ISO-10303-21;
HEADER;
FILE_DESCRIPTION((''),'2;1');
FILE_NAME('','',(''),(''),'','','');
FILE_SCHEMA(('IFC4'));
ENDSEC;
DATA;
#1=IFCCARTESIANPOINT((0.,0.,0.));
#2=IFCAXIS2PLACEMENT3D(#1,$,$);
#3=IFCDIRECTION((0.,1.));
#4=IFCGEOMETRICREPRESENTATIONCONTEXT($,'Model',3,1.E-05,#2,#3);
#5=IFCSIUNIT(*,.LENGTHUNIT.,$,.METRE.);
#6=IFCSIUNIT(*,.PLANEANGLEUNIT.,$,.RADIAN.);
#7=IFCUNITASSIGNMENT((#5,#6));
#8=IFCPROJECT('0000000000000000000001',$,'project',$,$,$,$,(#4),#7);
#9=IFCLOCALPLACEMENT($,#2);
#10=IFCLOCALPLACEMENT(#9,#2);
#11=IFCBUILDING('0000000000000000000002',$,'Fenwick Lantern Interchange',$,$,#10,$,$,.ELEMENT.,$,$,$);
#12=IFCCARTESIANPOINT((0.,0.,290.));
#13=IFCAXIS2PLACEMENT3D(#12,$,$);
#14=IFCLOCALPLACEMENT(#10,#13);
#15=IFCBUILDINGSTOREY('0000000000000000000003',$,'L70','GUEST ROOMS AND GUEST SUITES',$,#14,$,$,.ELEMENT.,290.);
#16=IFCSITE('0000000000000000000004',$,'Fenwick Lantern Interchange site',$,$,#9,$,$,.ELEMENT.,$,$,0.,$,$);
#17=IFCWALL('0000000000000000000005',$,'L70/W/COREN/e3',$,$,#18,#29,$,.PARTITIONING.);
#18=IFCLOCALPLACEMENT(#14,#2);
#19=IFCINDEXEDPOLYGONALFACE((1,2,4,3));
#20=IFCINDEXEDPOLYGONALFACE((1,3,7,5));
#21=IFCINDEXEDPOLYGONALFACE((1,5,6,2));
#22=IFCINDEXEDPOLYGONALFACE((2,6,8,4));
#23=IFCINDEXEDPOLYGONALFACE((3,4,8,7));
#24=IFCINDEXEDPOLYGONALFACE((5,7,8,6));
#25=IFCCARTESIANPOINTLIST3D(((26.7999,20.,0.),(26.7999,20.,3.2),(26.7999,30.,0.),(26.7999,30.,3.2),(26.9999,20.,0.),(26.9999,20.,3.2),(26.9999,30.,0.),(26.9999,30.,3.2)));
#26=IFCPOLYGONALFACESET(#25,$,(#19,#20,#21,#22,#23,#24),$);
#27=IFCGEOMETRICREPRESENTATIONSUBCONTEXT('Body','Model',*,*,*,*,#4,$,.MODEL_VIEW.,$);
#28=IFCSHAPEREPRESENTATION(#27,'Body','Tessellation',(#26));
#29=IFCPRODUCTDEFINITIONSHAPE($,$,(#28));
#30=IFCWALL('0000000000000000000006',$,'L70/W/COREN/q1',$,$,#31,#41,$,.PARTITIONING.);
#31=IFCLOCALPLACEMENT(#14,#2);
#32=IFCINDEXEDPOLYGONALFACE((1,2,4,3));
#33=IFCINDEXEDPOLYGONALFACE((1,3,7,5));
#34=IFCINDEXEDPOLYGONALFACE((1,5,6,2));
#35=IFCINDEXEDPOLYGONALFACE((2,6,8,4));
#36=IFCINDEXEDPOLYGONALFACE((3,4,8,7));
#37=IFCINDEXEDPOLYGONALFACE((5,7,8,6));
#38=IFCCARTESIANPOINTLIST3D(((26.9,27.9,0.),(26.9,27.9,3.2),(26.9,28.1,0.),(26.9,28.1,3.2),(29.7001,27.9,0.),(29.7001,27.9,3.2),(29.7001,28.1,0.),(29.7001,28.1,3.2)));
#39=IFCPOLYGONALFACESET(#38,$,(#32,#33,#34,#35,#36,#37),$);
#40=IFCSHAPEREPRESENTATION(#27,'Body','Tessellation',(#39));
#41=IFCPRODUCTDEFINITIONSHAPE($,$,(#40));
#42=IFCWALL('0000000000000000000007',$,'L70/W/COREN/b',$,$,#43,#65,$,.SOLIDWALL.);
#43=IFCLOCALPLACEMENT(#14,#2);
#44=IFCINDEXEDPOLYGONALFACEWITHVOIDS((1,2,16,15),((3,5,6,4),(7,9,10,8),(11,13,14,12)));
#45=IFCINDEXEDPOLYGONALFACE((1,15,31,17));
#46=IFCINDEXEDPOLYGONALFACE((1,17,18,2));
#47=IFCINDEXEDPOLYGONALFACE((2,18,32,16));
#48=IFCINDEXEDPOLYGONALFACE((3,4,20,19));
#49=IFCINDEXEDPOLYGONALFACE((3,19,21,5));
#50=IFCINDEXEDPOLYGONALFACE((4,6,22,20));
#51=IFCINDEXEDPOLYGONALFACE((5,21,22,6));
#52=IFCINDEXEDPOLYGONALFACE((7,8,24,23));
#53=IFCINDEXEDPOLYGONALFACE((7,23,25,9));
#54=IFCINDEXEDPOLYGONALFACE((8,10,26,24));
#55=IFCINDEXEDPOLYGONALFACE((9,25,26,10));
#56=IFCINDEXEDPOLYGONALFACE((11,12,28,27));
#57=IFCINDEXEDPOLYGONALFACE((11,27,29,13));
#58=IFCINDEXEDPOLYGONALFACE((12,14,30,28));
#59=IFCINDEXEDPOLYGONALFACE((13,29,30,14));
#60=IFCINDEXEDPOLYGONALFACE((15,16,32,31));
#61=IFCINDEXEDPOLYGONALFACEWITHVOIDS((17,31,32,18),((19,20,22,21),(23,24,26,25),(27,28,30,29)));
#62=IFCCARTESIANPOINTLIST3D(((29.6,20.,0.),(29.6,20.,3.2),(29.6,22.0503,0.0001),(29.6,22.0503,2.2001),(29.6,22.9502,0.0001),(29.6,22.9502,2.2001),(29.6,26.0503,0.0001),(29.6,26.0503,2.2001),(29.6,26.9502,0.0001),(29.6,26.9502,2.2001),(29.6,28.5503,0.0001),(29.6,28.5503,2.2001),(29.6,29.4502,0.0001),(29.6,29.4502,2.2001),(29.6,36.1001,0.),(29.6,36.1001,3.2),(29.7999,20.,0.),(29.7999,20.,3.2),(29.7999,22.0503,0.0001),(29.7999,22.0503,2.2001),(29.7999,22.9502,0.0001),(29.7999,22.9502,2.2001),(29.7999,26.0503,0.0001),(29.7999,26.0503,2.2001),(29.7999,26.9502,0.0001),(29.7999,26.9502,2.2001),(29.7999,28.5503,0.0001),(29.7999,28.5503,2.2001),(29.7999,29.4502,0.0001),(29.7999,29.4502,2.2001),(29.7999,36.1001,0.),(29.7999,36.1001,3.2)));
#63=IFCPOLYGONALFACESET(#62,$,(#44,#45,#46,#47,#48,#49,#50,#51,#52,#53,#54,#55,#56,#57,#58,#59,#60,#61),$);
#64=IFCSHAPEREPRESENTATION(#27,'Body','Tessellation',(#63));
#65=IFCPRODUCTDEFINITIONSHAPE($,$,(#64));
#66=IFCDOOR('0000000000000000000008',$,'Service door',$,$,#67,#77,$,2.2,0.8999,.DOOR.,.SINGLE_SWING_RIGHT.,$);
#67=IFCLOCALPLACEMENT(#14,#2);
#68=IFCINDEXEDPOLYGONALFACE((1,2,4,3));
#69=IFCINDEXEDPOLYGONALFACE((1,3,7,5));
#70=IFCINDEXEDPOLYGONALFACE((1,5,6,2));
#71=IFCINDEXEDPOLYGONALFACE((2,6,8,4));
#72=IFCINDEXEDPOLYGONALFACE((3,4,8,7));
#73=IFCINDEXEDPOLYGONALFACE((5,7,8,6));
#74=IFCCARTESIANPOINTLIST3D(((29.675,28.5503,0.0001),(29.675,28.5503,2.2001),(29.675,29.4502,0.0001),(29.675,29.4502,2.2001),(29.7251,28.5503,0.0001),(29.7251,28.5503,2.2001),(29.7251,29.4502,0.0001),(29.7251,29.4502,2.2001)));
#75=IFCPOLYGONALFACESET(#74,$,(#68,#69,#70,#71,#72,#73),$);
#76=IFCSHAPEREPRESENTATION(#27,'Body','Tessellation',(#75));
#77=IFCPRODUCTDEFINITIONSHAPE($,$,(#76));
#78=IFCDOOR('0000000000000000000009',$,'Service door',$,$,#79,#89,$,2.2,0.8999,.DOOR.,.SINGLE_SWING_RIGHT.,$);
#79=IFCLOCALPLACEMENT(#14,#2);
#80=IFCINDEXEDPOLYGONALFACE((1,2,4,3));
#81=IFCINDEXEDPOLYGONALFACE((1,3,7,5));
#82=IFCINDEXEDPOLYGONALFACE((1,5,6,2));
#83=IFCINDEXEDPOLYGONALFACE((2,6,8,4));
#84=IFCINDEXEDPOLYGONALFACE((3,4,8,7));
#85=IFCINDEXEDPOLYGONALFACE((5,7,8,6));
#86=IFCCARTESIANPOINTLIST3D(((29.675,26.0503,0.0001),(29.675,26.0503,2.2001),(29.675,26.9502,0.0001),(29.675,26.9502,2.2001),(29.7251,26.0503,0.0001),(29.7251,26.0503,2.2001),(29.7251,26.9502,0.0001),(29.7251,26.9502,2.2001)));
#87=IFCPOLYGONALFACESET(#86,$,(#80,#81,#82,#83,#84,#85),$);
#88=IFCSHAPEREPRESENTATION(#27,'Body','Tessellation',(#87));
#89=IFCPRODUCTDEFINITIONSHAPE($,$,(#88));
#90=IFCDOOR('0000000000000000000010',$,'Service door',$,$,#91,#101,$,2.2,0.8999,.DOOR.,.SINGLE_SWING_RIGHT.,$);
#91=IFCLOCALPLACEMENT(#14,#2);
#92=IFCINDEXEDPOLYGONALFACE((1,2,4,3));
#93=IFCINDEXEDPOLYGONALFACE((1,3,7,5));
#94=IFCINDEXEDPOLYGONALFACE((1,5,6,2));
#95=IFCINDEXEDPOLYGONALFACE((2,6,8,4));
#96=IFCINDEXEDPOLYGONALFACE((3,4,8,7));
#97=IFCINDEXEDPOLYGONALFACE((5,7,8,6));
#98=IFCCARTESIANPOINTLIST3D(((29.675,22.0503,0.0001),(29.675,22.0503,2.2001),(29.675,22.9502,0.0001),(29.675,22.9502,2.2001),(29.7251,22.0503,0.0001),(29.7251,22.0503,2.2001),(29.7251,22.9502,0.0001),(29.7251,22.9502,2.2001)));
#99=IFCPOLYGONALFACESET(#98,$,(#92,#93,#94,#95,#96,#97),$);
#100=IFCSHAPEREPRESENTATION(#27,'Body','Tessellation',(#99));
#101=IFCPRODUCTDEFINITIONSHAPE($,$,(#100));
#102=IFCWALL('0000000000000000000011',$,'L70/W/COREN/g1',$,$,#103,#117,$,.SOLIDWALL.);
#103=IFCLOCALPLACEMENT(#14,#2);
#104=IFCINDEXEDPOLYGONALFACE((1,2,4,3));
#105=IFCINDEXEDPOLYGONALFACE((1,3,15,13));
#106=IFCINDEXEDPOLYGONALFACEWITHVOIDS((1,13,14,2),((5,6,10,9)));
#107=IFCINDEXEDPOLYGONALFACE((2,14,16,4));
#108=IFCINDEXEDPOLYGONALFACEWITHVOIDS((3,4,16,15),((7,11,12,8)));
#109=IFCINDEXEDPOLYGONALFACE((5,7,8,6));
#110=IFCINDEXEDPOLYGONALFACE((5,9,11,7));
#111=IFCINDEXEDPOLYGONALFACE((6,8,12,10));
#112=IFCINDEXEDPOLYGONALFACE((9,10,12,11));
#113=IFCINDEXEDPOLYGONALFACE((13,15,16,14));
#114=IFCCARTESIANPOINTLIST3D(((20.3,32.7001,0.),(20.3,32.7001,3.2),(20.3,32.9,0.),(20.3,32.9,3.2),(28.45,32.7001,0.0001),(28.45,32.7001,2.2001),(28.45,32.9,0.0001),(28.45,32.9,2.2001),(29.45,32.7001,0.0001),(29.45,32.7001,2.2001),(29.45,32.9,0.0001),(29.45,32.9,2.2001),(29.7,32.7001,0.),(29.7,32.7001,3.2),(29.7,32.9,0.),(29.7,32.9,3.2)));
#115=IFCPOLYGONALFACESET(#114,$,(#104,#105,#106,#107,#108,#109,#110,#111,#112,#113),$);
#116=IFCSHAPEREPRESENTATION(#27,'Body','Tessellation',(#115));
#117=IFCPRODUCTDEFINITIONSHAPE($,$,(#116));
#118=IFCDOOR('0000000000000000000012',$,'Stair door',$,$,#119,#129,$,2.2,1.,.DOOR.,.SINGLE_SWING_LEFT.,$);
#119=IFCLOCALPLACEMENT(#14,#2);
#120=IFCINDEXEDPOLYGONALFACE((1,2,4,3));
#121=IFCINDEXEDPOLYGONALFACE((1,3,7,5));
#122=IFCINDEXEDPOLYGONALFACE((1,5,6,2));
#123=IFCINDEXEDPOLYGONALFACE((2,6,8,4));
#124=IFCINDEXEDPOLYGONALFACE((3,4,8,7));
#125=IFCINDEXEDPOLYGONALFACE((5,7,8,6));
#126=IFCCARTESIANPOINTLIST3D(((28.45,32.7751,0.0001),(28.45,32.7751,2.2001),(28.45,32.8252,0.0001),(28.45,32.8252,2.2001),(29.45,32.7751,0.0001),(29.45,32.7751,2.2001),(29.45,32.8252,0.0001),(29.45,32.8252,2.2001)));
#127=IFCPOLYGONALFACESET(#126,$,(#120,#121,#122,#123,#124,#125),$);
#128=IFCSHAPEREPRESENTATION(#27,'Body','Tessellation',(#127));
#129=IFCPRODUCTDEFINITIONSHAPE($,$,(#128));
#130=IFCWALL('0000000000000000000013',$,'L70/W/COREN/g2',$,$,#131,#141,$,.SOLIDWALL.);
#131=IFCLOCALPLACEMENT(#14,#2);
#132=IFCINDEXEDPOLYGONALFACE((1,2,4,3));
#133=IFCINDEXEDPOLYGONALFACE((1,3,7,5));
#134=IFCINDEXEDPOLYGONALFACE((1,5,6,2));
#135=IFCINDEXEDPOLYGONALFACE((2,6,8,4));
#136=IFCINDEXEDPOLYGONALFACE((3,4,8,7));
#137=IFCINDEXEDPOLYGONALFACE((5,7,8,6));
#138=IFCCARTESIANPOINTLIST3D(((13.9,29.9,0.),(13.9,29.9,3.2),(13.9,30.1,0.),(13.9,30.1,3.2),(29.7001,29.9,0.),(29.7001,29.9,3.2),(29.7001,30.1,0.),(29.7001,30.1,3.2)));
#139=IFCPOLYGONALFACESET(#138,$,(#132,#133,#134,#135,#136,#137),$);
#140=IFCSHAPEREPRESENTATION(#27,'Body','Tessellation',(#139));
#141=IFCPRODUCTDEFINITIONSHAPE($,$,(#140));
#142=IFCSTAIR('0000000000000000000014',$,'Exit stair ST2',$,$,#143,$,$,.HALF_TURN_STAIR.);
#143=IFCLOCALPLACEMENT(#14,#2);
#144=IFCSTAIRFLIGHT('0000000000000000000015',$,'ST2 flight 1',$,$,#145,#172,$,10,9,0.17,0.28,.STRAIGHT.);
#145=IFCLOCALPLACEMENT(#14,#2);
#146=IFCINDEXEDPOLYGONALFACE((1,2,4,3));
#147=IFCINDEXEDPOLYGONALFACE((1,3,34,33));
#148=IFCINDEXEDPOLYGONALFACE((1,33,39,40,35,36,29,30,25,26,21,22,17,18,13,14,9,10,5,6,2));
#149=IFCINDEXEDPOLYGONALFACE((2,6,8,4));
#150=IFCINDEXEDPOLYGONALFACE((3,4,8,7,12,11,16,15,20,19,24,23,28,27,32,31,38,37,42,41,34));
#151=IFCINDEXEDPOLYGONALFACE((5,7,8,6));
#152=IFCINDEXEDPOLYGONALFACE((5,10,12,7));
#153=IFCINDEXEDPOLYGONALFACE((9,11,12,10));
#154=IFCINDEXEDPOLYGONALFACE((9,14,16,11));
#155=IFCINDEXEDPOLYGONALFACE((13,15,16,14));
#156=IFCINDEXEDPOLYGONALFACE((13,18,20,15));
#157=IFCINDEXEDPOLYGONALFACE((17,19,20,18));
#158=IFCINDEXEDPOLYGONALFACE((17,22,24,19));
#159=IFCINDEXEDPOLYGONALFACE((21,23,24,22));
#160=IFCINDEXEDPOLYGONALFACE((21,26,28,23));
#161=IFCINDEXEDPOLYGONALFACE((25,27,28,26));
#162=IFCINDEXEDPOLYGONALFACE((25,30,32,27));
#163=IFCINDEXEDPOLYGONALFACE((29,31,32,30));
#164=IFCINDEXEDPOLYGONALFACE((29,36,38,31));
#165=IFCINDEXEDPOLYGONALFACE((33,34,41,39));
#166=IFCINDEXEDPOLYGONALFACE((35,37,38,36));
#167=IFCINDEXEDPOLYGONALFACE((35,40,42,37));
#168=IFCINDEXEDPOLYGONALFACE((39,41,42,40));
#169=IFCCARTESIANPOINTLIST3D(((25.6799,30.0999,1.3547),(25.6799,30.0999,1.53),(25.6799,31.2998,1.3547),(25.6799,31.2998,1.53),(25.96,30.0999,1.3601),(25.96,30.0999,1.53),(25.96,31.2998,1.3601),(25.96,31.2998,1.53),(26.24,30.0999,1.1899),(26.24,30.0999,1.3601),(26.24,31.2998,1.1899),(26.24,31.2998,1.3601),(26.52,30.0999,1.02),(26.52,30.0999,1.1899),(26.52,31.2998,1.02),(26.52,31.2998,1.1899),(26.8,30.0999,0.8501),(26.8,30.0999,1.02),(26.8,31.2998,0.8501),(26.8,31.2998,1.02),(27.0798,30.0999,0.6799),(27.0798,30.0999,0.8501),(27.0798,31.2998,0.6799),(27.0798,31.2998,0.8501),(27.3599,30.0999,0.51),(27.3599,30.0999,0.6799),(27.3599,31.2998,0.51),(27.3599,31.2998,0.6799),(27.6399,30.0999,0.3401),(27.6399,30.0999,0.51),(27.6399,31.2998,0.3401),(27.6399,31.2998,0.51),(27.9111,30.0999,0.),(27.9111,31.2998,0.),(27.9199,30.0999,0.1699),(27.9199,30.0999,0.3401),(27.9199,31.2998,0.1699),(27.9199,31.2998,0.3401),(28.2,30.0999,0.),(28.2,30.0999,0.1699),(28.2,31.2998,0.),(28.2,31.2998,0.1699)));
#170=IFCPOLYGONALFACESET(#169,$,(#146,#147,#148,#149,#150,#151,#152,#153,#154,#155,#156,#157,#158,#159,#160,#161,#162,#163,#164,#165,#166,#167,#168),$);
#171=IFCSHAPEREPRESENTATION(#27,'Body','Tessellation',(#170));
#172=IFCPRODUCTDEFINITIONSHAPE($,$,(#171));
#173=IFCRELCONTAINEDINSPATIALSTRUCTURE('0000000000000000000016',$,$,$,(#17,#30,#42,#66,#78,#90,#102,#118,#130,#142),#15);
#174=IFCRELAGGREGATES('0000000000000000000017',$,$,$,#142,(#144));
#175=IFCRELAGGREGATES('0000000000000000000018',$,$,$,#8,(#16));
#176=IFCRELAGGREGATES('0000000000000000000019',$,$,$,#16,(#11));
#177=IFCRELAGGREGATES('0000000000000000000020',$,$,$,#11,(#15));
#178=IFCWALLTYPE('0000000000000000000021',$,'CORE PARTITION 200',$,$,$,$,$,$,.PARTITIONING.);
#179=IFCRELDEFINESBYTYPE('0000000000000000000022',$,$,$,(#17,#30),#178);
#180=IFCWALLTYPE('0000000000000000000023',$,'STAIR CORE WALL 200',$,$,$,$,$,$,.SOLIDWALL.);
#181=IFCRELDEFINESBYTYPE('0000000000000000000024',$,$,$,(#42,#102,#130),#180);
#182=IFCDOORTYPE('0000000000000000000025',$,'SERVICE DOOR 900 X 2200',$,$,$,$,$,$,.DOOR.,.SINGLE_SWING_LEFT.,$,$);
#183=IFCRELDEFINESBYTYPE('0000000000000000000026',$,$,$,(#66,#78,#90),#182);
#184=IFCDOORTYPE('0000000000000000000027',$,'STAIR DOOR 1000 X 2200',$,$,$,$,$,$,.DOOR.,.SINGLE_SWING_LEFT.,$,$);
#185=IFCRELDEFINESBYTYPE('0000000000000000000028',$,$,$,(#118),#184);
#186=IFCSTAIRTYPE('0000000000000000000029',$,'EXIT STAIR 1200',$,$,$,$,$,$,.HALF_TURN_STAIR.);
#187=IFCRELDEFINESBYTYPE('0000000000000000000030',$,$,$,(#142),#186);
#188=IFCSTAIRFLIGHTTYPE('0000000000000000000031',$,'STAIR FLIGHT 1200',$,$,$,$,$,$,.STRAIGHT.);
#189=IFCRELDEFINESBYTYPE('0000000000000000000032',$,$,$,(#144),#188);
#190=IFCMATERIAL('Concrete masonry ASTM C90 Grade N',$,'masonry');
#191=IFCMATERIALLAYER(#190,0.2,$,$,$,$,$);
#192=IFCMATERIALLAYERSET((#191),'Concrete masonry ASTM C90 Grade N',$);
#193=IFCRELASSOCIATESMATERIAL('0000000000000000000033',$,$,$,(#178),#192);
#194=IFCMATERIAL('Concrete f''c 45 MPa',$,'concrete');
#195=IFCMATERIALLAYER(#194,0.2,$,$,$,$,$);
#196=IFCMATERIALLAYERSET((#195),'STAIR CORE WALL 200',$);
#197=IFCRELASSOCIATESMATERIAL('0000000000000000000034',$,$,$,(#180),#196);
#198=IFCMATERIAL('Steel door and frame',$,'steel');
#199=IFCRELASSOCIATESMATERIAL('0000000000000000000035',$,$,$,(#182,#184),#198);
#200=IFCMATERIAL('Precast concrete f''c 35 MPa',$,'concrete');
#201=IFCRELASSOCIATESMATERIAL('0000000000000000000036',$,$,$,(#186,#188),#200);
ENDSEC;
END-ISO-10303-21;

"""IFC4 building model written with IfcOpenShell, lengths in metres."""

from ifc_helpers import new_model, si_unit, direction, frame, frame_2d, origin, place, context, subcontext, project, spatial, polyline, rectangle, outline, extrude, material, layer, layer_set, type_object, element, fill, aggregate, save


model = new_model("IFC4")

# Units and contexts
model_context = context("Model", 3, precision=1e-05, world=origin(), true_north=direction((0.0, 1.0)))
body_context = subcontext(model_context, "Body", "Model", "MODEL_VIEW")
ifc_project = project(units=[si_unit("LENGTHUNIT", "METRE"), si_unit("PLANEANGLEUNIT", "RADIAN")], contexts=[model_context])

# Site, building, storey
site_placement = place(None, origin())
site = spatial("IfcSite", under=ifc_project, at=site_placement, Name="Fenwick Lantern Interchange site", CompositionType="ELEMENT", RefElevation=0.0)
building_placement = place(site_placement, origin())
building = spatial("IfcBuilding", under=site, at=building_placement, Name="Fenwick Lantern Interchange", CompositionType="ELEMENT")
storey_placement = place(building_placement, frame((0.0, 0.0, 290.0)))
storey = spatial("IfcBuildingStorey", under=building, at=storey_placement, Name="L70", Description="GUEST ROOMS AND GUEST SUITES", CompositionType="ELEMENT", Elevation=290.0)

# Walls
ifc_material_1 = material(Name="Concrete masonry ASTM C90 Grade N", Category="masonry")
ifc_layer_1 = layer(ifc_material_1, 0.2)
ifc_layer_set_1 = layer_set([ifc_layer_1], Name="Concrete masonry ASTM C90 Grade N")
wall_type_1 = type_object("IfcWallType", Name="CORE PARTITION 200", PredefinedType="PARTITIONING", material=ifc_layer_set_1)
wall_1_placement = place(storey_placement, frame((26.8999, 30.0, 0.0), z_axis=(0.0, 0.0, 1.0), x_axis=(0.0, -1.0, 0.0)))
element("IfcWall", 1, at=wall_1_placement, inside=storey, type_object=wall_type_1, Name="L70/W/COREN/e3", PredefinedType="PARTITIONING", context=body_context, shape_type="SweptSolid", body=[
    extrude(rectangle(XDim=10.0, YDim=0.2, at=frame_2d((5.0, 0.0))), origin(), (0.0, 0.0, 1.0), 3.2),
])
wall_2_placement = place(storey_placement, frame((29.7, 28.0, 0.0), z_axis=(0.0, 0.0, 1.0), x_axis=(-1.0, 0.0, 0.0)))
element("IfcWall", 2, at=wall_2_placement, inside=storey, type_object=wall_type_1, Name="L70/W/COREN/q1", PredefinedType="PARTITIONING", context=body_context, shape_type="SweptSolid", body=[
    extrude(rectangle(XDim=2.8, YDim=0.2, at=frame_2d((1.3999, 0.0))), origin(), (0.0, 0.0, 1.0), 3.2),
])

# Wall, openings, doors
ifc_material_2 = material(Name="Concrete f'c 45 MPa", Category="concrete")
ifc_layer_2 = layer(ifc_material_2, 0.2)
ifc_layer_set_2 = layer_set([ifc_layer_2], Name="STAIR CORE WALL 200")
wall_type_2 = type_object("IfcWallType", Name="STAIR CORE WALL 200", PredefinedType="SOLIDWALL", material=ifc_layer_set_2)
wall_3_placement = place(storey_placement, frame((29.7, 36.1001, 0.0), z_axis=(0.0, 0.0, 1.0), x_axis=(0.0, -1.0, 0.0)))
wall_3 = element("IfcWall", 3, at=wall_3_placement, inside=storey, type_object=wall_type_2, Name="L70/W/COREN/b", PredefinedType="SOLIDWALL", context=body_context, shape_type="SweptSolid", body=[
    extrude(rectangle(XDim=16.1001, YDim=0.2, at=frame_2d((8.05, 0.0))), origin(), (0.0, 0.0, 1.0), 3.2),
])
opening_1_placement = place(wall_3_placement, frame((6.6499, 0.0, 0.0)))
opening_1 = element("IfcOpeningElement", 4, at=opening_1_placement, cuts=wall_3, PredefinedType="OPENING", context=body_context, shape_type="SweptSolid", body=[
    extrude(rectangle(XDim=0.8999, YDim=2.2, at=frame_2d((0.45, 1.1001))), frame((0.0, 0.1099, 0.0), z_axis=(0.0, -1.0, 0.0), x_axis=(1.0, 0.0, 0.0)), (0.0, 0.0, 1.0), 0.22),
])
opening_2_placement = place(wall_3_placement, frame((9.1499, 0.0, 0.0)))
opening_2 = element("IfcOpeningElement", 5, at=opening_2_placement, cuts=wall_3, PredefinedType="OPENING", context=body_context, shape_type="SweptSolid", body=[
    extrude(rectangle(XDim=0.8999, YDim=2.2, at=frame_2d((0.45, 1.1001))), frame((0.0, 0.1099, 0.0), z_axis=(0.0, -1.0, 0.0), x_axis=(1.0, 0.0, 0.0)), (0.0, 0.0, 1.0), 0.22),
])
opening_3_placement = place(wall_3_placement, frame((13.1499, 0.0, 0.0)))
opening_3 = element("IfcOpeningElement", 6, at=opening_3_placement, cuts=wall_3, PredefinedType="OPENING", context=body_context, shape_type="SweptSolid", body=[
    extrude(rectangle(XDim=0.8999, YDim=2.2, at=frame_2d((0.45, 1.1001))), frame((0.0, 0.1099, 0.0), z_axis=(0.0, -1.0, 0.0), x_axis=(1.0, 0.0, 0.0)), (0.0, 0.0, 1.0), 0.22),
])
ifc_material_3 = material(Name="Steel door and frame", Category="steel")
door_type_1 = type_object("IfcDoorType", Name="SERVICE DOOR 900 X 2200", OperationType="SINGLE_SWING_LEFT", PredefinedType="DOOR", material=ifc_material_3)
door_1_placement = place(opening_1_placement, frame((0.8999, 0.0, 0.0), z_axis=(0.0, 0.0, 1.0), x_axis=(-1.0, 0.0, 0.0)))
door_1 = element("IfcDoor", 7, at=door_1_placement, inside=storey, type_object=door_type_1, Name="Service door", OperationType="SINGLE_SWING_RIGHT", OverallHeight=2.2, OverallWidth=0.8999, PredefinedType="DOOR", context=body_context, shape_type="SweptSolid", body=[
    extrude(rectangle(XDim=0.8999, YDim=2.2, at=frame_2d((0.45, 1.1001))), frame((0.0, 0.0249, 0.0), z_axis=(0.0, -1.0, 0.0), x_axis=(1.0, 0.0, 0.0)), (0.0, 0.0, 1.0), 0.05),
])
fill(opening_1, door_1)
door_2_placement = place(opening_2_placement, frame((0.8999, 0.0, 0.0), z_axis=(0.0, 0.0, 1.0), x_axis=(-1.0, 0.0, 0.0)))
door_2 = element("IfcDoor", 8, at=door_2_placement, inside=storey, type_object=door_type_1, Name="Service door", OperationType="SINGLE_SWING_RIGHT", OverallHeight=2.2, OverallWidth=0.8999, PredefinedType="DOOR", context=body_context, shape_type="SweptSolid", body=[
    extrude(rectangle(XDim=0.8999, YDim=2.2, at=frame_2d((0.45, 1.1001))), frame((0.0, 0.0249, 0.0), z_axis=(0.0, -1.0, 0.0), x_axis=(1.0, 0.0, 0.0)), (0.0, 0.0, 1.0), 0.05),
])
fill(opening_2, door_2)
door_3_placement = place(opening_3_placement, frame((0.8999, 0.0, 0.0), z_axis=(0.0, 0.0, 1.0), x_axis=(-1.0, 0.0, 0.0)))
door_3 = element("IfcDoor", 9, at=door_3_placement, inside=storey, type_object=door_type_1, Name="Service door", OperationType="SINGLE_SWING_RIGHT", OverallHeight=2.2, OverallWidth=0.8999, PredefinedType="DOOR", context=body_context, shape_type="SweptSolid", body=[
    extrude(rectangle(XDim=0.8999, YDim=2.2, at=frame_2d((0.45, 1.1001))), frame((0.0, 0.0249, 0.0), z_axis=(0.0, -1.0, 0.0), x_axis=(1.0, 0.0, 0.0)), (0.0, 0.0, 1.0), 0.05),
])
fill(opening_3, door_3)

# Wall, opening, door
wall_4_placement = place(storey_placement, frame((29.7, 32.8, 0.0), z_axis=(0.0, 0.0, 1.0), x_axis=(-1.0, 0.0, 0.0)))
wall_4 = element("IfcWall", 10, at=wall_4_placement, inside=storey, type_object=wall_type_2, Name="L70/W/COREN/g1", PredefinedType="SOLIDWALL", context=body_context, shape_type="SweptSolid", body=[
    extrude(rectangle(XDim=9.3999, YDim=0.2, at=frame_2d((4.7, 0.0))), origin(), (0.0, 0.0, 1.0), 3.2),
])
opening_4_placement = place(wall_4_placement, frame((0.25, 0.0, 0.0)))
opening_4 = element("IfcOpeningElement", 11, at=opening_4_placement, cuts=wall_4, PredefinedType="OPENING", context=body_context, shape_type="SweptSolid", body=[
    extrude(rectangle(XDim=1.0, YDim=2.2, at=frame_2d((0.5, 1.1001))), frame((0.0, 0.1099, 0.0), z_axis=(0.0, -1.0, 0.0), x_axis=(1.0, 0.0, 0.0)), (0.0, 0.0, 1.0), 0.22),
])
door_type_2 = type_object("IfcDoorType", Name="STAIR DOOR 1000 X 2200", OperationType="SINGLE_SWING_LEFT", PredefinedType="DOOR", material=ifc_material_3)
door_4_placement = place(opening_4_placement, origin())
door_4 = element("IfcDoor", 12, at=door_4_placement, inside=storey, type_object=door_type_2, Name="Stair door", OperationType="SINGLE_SWING_LEFT", OverallHeight=2.2, OverallWidth=1.0, PredefinedType="DOOR", context=body_context, shape_type="SweptSolid", body=[
    extrude(rectangle(XDim=1.0, YDim=2.2, at=frame_2d((0.5, 1.1001))), frame((0.0, 0.0249, 0.0), z_axis=(0.0, -1.0, 0.0), x_axis=(1.0, 0.0, 0.0)), (0.0, 0.0, 1.0), 0.05),
])
fill(opening_4, door_4)

# Wall
wall_5_placement = place(storey_placement, frame((29.7, 30.0, 0.0), z_axis=(0.0, 0.0, 1.0), x_axis=(-1.0, 0.0, 0.0)))
element("IfcWall", 13, at=wall_5_placement, inside=storey, type_object=wall_type_2, Name="L70/W/COREN/g2", PredefinedType="SOLIDWALL", context=body_context, shape_type="SweptSolid", body=[
    extrude(rectangle(XDim=15.8, YDim=0.2, at=frame_2d((7.8999, 0.0))), origin(), (0.0, 0.0, 1.0), 3.2),
])

# Stair, stair flight
ifc_material_4 = material(Name="Precast concrete f'c 35 MPa", Category="concrete")
stair_type = type_object("IfcStairType", Name="EXIT STAIR 1200", PredefinedType="HALF_TURN_STAIR", material=ifc_material_4)
stair_placement = place(storey_placement, origin())
stair = element("IfcStair", 14, at=stair_placement, inside=storey, type_object=stair_type, Name="Exit stair ST2", PredefinedType="HALF_TURN_STAIR")
stair_flight_type = type_object("IfcStairFlightType", Name="STAIR FLIGHT 1200", PredefinedType="STRAIGHT", material=ifc_material_4)
stair_flight_1_placement = place(storey_placement, frame((28.2, 30.7, 0.0), z_axis=(0.0, 0.0, 1.0), x_axis=(-1.0, 0.0, 0.0)))
stair_flight_1 = element("IfcStairFlight", 15, at=stair_flight_1_placement, type_object=stair_flight_type, Name="ST2 flight 1", NumberOfRisers=10, NumberOfTreads=9, PredefinedType="STRAIGHT", RiserHeight=0.17, TreadLength=0.28, context=body_context, shape_type="SweptSolid", body=[
    extrude(outline(polyline([(0.0, 0.0), (0.0, 0.1699), (0.28, 0.1699), (0.28, 0.3401), (0.5601, 0.3401), (0.5601, 0.51), (0.8401, 0.51), (0.8401, 0.6799), (1.1201, 0.6799), (1.1201, 0.8501), (1.3999, 0.8501), (1.3999, 1.02), (1.6799, 1.02), (1.6799, 1.1899), (1.96, 1.1899), (1.96, 1.3601), (2.24, 1.3601), (2.24, 1.53), (2.52, 1.53), (2.52, 1.7), (2.52, 1.3547), (0.2888, 0.0), (0.0, 0.0)])), frame((0.0, 0.6001, 0.0), z_axis=(0.0, -1.0, 0.0), x_axis=(1.0, 0.0, 0.0)), (0.0, 0.0, 1.0), 1.2),
])
aggregate(stair, [stair_flight_1])

save(model, "model.ifc")
